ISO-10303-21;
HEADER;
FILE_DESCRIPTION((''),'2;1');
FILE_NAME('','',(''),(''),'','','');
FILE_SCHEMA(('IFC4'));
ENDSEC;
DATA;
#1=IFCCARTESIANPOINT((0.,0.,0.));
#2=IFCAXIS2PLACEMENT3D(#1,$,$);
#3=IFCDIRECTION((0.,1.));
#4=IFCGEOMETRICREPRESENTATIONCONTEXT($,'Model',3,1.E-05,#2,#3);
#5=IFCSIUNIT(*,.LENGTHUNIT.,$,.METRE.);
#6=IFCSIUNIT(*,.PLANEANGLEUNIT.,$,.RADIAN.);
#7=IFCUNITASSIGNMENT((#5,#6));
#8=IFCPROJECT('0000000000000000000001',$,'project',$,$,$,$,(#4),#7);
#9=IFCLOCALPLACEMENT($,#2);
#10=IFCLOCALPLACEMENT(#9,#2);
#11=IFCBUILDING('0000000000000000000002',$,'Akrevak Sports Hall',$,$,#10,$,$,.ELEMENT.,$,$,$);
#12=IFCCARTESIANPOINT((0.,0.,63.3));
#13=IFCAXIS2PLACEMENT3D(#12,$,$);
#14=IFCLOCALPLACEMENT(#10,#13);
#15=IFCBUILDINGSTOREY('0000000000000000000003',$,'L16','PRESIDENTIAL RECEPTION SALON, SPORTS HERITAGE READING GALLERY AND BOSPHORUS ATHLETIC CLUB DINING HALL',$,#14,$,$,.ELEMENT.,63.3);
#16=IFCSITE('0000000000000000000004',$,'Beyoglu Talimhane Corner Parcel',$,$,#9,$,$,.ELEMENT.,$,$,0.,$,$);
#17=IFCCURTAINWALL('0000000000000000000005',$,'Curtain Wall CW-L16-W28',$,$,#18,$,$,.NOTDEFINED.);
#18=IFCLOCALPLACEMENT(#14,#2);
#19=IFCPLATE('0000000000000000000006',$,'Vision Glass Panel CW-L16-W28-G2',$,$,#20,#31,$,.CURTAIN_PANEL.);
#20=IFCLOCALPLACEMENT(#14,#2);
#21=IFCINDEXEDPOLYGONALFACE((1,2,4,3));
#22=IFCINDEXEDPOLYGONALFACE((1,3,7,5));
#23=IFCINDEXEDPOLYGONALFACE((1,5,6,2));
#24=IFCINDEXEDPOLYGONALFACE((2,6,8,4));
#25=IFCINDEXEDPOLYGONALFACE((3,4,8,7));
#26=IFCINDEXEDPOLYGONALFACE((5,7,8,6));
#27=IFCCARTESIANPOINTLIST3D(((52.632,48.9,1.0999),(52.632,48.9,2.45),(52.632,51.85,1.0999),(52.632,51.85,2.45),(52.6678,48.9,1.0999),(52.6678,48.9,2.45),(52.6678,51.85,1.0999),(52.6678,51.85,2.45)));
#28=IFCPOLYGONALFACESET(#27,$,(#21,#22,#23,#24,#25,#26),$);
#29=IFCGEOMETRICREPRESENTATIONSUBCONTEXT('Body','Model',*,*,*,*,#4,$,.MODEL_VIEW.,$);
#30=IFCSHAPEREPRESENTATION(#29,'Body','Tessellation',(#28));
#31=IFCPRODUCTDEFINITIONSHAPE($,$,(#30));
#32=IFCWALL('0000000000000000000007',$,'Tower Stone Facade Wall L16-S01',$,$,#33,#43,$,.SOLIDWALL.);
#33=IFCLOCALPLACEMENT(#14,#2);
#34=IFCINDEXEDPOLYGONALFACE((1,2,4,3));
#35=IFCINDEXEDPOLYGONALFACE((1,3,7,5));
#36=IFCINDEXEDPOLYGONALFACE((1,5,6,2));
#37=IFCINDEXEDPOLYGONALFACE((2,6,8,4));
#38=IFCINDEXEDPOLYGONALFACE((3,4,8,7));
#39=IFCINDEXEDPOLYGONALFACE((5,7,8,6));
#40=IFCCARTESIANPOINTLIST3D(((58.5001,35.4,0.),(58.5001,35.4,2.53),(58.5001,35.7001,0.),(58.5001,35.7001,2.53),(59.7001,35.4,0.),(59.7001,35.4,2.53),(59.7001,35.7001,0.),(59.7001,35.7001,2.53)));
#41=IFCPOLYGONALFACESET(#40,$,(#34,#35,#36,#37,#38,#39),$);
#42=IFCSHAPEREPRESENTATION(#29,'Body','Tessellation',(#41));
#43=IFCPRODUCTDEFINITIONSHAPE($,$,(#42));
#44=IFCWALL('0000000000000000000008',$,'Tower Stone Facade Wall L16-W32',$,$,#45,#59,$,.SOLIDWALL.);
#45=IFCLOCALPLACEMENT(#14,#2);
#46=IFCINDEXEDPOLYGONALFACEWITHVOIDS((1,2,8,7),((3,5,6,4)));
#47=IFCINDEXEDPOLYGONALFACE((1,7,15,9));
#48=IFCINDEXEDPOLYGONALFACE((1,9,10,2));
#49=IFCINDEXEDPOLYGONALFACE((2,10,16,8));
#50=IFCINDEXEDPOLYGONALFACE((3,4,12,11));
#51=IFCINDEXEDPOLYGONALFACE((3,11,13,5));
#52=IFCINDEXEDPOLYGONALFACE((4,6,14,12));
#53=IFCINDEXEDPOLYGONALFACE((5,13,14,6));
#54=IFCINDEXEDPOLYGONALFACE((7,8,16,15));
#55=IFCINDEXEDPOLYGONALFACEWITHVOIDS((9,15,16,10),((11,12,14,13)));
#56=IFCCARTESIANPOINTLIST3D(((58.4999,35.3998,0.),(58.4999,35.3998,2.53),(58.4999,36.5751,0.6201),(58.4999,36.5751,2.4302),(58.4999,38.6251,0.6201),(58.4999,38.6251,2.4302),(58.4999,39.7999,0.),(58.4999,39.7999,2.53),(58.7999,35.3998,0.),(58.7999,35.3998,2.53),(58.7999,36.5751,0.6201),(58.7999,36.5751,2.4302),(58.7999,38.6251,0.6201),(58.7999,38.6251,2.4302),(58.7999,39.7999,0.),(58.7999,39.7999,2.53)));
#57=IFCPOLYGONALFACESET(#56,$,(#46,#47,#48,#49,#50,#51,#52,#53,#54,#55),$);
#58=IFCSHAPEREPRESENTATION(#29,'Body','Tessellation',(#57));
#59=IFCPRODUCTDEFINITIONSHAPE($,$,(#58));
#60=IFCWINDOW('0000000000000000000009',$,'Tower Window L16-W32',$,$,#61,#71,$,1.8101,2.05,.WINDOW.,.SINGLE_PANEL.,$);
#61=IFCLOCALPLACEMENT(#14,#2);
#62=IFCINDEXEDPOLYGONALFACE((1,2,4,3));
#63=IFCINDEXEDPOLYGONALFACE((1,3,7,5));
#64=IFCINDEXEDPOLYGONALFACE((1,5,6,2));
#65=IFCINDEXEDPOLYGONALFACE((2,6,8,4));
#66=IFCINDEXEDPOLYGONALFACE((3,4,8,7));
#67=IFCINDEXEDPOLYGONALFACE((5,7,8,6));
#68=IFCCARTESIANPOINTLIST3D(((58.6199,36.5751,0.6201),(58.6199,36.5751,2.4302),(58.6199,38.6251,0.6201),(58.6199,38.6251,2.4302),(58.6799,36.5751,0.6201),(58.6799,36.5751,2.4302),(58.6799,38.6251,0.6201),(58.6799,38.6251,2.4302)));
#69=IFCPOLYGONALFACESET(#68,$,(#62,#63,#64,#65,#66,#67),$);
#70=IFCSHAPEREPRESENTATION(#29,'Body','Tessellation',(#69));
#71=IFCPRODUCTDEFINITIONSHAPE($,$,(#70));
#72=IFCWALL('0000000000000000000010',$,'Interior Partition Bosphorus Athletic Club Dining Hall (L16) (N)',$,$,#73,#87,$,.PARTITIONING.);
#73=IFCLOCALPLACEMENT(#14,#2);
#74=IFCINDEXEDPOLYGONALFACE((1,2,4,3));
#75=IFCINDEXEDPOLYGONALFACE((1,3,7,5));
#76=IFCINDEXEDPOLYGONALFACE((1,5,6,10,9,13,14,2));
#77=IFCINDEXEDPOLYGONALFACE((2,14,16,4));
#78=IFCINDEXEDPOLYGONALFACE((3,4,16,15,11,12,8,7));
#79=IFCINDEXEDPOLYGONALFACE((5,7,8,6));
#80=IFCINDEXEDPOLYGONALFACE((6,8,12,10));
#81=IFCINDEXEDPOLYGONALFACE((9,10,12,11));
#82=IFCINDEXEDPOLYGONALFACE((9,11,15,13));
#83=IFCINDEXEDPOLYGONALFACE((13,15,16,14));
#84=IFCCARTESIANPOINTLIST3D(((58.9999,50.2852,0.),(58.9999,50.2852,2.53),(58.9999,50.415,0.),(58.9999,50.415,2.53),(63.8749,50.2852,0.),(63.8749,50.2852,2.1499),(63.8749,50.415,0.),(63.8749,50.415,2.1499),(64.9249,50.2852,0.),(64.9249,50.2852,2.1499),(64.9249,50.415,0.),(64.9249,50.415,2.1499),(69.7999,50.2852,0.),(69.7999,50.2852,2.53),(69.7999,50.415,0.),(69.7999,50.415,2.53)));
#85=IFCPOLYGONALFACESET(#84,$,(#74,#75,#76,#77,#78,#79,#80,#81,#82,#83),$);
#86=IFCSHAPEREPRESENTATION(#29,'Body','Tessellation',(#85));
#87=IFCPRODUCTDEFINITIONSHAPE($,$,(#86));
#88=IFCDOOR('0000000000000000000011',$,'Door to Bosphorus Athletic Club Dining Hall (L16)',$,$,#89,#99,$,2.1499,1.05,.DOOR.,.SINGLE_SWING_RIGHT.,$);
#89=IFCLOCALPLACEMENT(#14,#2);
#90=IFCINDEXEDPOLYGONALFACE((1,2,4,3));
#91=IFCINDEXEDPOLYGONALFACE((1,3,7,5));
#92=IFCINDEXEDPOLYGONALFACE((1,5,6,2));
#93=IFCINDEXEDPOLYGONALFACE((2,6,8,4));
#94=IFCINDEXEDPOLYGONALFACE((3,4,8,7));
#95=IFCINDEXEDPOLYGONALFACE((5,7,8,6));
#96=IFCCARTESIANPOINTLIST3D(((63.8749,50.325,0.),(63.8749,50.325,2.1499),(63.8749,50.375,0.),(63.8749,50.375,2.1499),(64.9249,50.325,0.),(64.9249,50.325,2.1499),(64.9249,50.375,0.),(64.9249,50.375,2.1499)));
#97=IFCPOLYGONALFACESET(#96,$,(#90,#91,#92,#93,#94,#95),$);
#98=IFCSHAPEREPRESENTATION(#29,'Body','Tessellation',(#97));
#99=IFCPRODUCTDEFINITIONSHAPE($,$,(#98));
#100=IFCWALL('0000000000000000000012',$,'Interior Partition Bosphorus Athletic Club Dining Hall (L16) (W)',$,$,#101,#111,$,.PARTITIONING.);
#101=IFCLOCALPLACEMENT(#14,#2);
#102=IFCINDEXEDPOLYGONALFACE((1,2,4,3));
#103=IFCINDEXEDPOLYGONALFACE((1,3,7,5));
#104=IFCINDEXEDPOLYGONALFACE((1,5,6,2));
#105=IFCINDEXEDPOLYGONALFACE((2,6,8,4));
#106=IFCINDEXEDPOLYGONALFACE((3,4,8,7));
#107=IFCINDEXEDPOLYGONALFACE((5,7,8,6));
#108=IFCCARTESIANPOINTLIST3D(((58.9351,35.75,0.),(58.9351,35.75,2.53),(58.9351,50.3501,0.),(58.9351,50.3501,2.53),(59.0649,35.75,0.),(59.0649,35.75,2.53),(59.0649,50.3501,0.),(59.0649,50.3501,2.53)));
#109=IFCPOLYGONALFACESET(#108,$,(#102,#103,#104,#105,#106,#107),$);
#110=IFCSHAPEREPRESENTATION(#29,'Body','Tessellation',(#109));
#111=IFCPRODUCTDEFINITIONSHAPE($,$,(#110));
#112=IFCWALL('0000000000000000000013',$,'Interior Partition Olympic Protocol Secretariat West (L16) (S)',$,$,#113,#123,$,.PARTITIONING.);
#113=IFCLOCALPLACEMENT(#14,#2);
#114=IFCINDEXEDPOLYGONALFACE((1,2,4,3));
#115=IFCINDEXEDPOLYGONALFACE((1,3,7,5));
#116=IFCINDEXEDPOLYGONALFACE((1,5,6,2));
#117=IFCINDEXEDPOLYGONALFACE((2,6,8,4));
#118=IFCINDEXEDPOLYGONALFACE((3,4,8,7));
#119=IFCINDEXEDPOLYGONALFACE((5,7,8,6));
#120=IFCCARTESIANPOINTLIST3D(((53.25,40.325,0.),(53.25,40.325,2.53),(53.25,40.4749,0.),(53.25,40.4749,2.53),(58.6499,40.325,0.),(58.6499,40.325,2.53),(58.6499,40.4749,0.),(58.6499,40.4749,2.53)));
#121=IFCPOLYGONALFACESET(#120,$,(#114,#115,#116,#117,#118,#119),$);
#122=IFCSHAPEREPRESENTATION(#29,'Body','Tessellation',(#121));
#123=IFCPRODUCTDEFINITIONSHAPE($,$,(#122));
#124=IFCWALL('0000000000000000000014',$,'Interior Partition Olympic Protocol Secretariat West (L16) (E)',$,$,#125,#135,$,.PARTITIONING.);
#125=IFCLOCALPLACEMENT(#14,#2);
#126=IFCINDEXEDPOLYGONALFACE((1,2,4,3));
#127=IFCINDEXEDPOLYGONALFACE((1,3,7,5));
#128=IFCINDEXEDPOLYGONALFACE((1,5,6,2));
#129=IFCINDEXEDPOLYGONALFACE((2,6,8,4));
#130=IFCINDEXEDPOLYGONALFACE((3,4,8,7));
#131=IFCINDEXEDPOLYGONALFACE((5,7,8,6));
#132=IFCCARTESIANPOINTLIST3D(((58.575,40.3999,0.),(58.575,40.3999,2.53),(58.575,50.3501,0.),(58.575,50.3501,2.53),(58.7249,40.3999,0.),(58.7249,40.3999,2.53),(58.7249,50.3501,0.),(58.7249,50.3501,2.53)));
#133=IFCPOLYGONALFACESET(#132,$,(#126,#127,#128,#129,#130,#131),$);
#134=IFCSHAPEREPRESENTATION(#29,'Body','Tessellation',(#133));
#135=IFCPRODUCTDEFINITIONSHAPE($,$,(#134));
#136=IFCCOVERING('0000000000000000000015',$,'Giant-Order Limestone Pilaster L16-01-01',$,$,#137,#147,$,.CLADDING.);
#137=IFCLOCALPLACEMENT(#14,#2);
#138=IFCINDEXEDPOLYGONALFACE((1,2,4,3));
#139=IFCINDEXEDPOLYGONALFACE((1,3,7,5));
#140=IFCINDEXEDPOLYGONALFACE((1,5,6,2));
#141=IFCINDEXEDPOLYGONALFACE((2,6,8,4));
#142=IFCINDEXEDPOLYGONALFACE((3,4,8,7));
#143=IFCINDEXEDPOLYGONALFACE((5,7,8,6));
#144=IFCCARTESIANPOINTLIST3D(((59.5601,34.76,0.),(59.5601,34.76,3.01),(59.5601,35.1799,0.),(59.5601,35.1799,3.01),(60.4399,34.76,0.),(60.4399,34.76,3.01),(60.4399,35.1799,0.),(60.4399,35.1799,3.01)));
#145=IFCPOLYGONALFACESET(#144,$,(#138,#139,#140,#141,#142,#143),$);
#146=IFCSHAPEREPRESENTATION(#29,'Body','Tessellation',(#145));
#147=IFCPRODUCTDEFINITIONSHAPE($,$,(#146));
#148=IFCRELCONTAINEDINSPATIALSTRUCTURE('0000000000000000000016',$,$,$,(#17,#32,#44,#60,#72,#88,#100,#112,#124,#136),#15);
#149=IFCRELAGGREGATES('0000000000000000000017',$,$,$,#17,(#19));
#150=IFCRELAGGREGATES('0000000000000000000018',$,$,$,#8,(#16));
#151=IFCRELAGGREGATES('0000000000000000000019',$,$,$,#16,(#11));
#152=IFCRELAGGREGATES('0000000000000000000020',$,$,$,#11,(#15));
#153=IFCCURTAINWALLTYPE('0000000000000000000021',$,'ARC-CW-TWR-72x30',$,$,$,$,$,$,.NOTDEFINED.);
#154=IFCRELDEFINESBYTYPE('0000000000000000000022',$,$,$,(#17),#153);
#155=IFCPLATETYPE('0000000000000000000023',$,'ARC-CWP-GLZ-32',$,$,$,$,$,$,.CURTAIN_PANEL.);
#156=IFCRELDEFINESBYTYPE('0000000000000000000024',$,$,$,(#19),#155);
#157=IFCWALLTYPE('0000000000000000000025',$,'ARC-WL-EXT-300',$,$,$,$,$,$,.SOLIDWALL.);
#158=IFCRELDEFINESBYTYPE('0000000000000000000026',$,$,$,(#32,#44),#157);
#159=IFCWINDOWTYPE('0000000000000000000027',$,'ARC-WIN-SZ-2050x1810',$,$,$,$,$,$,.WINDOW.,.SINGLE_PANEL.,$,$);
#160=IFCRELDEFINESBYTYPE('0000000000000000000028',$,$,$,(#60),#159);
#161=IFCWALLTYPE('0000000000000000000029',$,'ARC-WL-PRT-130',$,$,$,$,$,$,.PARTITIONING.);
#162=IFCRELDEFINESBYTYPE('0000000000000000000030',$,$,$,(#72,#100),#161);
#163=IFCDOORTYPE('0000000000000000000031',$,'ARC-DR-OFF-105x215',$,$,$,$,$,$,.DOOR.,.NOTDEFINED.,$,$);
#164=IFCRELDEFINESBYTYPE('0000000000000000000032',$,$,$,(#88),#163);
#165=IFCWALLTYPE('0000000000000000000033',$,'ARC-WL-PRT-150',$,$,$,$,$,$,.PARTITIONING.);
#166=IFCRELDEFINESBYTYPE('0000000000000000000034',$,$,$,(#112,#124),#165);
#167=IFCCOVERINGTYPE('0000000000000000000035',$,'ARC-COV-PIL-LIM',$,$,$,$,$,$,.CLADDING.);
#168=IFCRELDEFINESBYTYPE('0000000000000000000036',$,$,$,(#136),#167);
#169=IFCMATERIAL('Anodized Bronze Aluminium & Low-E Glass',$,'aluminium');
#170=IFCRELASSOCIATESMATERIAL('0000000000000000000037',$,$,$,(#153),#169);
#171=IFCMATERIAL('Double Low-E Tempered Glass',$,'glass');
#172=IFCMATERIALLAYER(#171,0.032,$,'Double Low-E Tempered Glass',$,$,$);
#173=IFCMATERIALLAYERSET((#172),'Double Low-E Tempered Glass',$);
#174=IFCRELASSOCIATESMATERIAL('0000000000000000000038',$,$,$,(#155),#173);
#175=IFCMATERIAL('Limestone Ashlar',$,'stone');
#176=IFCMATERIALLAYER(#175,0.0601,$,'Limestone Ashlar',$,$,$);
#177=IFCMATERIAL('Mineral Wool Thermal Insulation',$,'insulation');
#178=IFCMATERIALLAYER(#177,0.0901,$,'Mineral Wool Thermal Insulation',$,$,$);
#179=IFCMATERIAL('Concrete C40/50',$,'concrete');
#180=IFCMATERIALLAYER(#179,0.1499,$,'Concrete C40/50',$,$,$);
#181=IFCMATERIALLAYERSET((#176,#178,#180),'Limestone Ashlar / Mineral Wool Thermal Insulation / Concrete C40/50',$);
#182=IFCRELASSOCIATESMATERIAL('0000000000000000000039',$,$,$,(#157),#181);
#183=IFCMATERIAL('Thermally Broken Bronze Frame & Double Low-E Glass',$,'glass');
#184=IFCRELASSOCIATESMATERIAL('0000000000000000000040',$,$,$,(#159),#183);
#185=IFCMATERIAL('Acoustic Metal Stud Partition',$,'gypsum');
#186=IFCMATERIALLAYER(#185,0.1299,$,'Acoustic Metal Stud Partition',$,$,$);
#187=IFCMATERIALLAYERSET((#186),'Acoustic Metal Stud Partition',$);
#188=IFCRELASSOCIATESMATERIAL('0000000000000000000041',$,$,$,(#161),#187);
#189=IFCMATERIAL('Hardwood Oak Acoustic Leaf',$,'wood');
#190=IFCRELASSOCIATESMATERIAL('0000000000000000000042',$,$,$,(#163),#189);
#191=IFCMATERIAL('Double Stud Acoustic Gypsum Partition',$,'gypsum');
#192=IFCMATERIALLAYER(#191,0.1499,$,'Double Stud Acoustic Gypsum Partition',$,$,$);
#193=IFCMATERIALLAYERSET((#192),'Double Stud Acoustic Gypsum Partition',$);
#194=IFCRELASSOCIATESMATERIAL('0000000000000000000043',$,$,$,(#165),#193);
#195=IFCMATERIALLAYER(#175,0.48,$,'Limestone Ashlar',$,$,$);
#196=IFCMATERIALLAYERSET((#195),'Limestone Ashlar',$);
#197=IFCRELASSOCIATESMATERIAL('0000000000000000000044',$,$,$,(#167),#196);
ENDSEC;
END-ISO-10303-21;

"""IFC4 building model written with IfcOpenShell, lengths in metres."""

from ifc_helpers import new_model, si_unit, direction, frame, frame_2d, origin, origin_2d, place, context, subcontext, project, spatial, rectangle, extrude, material, layer, layer_set, type_object, element, fill, aggregate, save


model = new_model("IFC4")

# Units and contexts
model_context = context("Model", 3, precision=1e-05, world=origin(), true_north=direction((0.0, 1.0)))
body_context = subcontext(model_context, "Body", "Model", "MODEL_VIEW")
ifc_project = project(units=[si_unit("LENGTHUNIT", "METRE"), si_unit("PLANEANGLEUNIT", "RADIAN")], contexts=[model_context])

# Site, building, storey
site_placement = place(None, origin())
site = spatial("IfcSite", under=ifc_project, at=site_placement, Name="Beyoglu Talimhane Corner Parcel", CompositionType="ELEMENT", RefElevation=0.0)
building_placement = place(site_placement, origin())
building = spatial("IfcBuilding", under=site, at=building_placement, Name="Akrevak Sports Hall", CompositionType="ELEMENT")
storey_placement = place(building_placement, frame((0.0, 0.0, 63.3)))
storey = spatial("IfcBuildingStorey", under=building, at=storey_placement, Name="L16", Description="PRESIDENTIAL RECEPTION SALON, SPORTS HERITAGE READING GALLERY AND BOSPHORUS ATHLETIC CLUB DINING HALL", CompositionType="ELEMENT", Elevation=63.3)

# Shared definitions
ifc_material_1 = material(Name="Concrete C40/50", Category="concrete")

# Curtain wall
ifc_material_2 = material(Name="Anodized Bronze Aluminium & Low-E Glass", Category="aluminium")
curtain_wall_type = type_object("IfcCurtainWallType", Name="ARC-CW-TWR-72x30", PredefinedType="NOTDEFINED", material=ifc_material_2)
curtain_wall_1_placement = place(storey_placement, origin())
curtain_wall_1 = element("IfcCurtainWall", 1, at=curtain_wall_1_placement, inside=storey, type_object=curtain_wall_type, Name="Curtain Wall CW-L16-W28", PredefinedType="NOTDEFINED")

# Plate
ifc_material_3 = material(Name="Double Low-E Tempered Glass", Category="glass")
ifc_layer_1 = layer(ifc_material_3, 0.032, Name="Double Low-E Tempered Glass")
ifc_layer_set_1 = layer_set([ifc_layer_1], Name="Double Low-E Tempered Glass")
plate_type = type_object("IfcPlateType", Name="ARC-CWP-GLZ-32", PredefinedType="CURTAIN_PANEL", material=ifc_layer_set_1)
plate_1_placement = place(storey_placement, frame((52.6499, 50.375, 1.0999), z_axis=(0.0, 0.0, 1.0), x_axis=(0.0, -1.0, 0.0)))
plate_1 = element("IfcPlate", 2, at=plate_1_placement, type_object=plate_type, Name="Vision Glass Panel CW-L16-W28-G2", PredefinedType="CURTAIN_PANEL", context=body_context, shape_type="SweptSolid", body=[
    extrude(rectangle(XDim=2.95, YDim=0.0359, at=origin_2d()), origin(), (0.0, 0.0, 1.0), 1.3501),
])
aggregate(curtain_wall_1, [plate_1])

# Wall
ifc_material_4 = material(Name="Limestone Ashlar", Category="stone")
ifc_layer_2 = layer(ifc_material_4, 0.0601, Name="Limestone Ashlar")
ifc_material_5 = material(Name="Mineral Wool Thermal Insulation", Category="insulation")
ifc_layer_3 = layer(ifc_material_5, 0.0901, Name="Mineral Wool Thermal Insulation")
ifc_layer_4 = layer(ifc_material_1, 0.1499, Name="Concrete C40/50")
ifc_layer_set_2 = layer_set([ifc_layer_2, ifc_layer_3, ifc_layer_4], Name="Limestone Ashlar / Mineral Wool Thermal Insulation / Concrete C40/50")
wall_type_1 = type_object("IfcWallType", Name="ARC-WL-EXT-300", PredefinedType="SOLIDWALL", material=ifc_layer_set_2)
wall_1_placement = place(storey_placement, frame((58.5, 35.55, 0.0), z_axis=(0.0, 0.0, 1.0), x_axis=(1.0, 0.0, 0.0)))
element("IfcWall", 3, at=wall_1_placement, inside=storey, type_object=wall_type_1, Name="Tower Stone Facade Wall L16-S01", PredefinedType="SOLIDWALL", context=body_context, shape_type="SweptSolid", body=[
    extrude(rectangle(XDim=1.2, YDim=0.3, at=frame_2d((0.6001, 0.0))), origin(), (0.0, 0.0, 1.0), 2.53),
])

# Wall, opening, window
wall_2_placement = place(storey_placement, frame((58.6499, 39.8, 0.0), z_axis=(0.0, 0.0, 1.0), x_axis=(0.0, -1.0, 0.0)))
wall_2 = element("IfcWall", 4, at=wall_2_placement, inside=storey, type_object=wall_type_1, Name="Tower Stone Facade Wall L16-W32", PredefinedType="SOLIDWALL", context=body_context, shape_type="SweptSolid", body=[
    extrude(rectangle(XDim=4.4001, YDim=0.3, at=frame_2d((2.2002, 0.0))), origin(), (0.0, 0.0, 1.0), 2.53),
])
opening_1_placement = place(wall_2_placement, frame((1.175, 0.0, 0.6201)))
opening_1 = element("IfcOpeningElement", 5, at=opening_1_placement, cuts=wall_2, PredefinedType="OPENING", context=body_context, shape_type="SweptSolid", body=[
    extrude(rectangle(XDim=2.05, YDim=1.8101, at=frame_2d((1.0249, 0.905))), frame((0.0, 0.1621, 0.0), z_axis=(0.0, -1.0, 0.0), x_axis=(1.0, 0.0, 0.0)), (0.0, 0.0, 1.0), 0.324),
])
ifc_material_6 = material(Name="Thermally Broken Bronze Frame & Double Low-E Glass", Category="glass")
window_type = type_object("IfcWindowType", Name="ARC-WIN-SZ-2050x1810", PartitioningType="SINGLE_PANEL", PredefinedType="WINDOW", material=ifc_material_6)
window_placement = place(opening_1_placement, origin())
window = element("IfcWindow", 6, at=window_placement, inside=storey, type_object=window_type, Name="Tower Window L16-W32", OverallHeight=1.8101, OverallWidth=2.05, PartitioningType="SINGLE_PANEL", PredefinedType="WINDOW", context=body_context, shape_type="SweptSolid", body=[
    extrude(rectangle(XDim=2.05, YDim=1.8101, at=frame_2d((1.0249, 0.905))), frame((0.0, 0.03, 0.0), z_axis=(0.0, -1.0, 0.0), x_axis=(1.0, 0.0, 0.0)), (0.0, 0.0, 1.0), 0.0601),
])
fill(opening_1, window)

# Wall, opening, door
ifc_material_7 = material(Name="Acoustic Metal Stud Partition", Category="gypsum")
ifc_layer_5 = layer(ifc_material_7, 0.1299, Name="Acoustic Metal Stud Partition")
ifc_layer_set_3 = layer_set([ifc_layer_5], Name="Acoustic Metal Stud Partition")
wall_type_2 = type_object("IfcWallType", Name="ARC-WL-PRT-130", PredefinedType="PARTITIONING", material=ifc_layer_set_3)
wall_3_placement = place(storey_placement, frame((59.0, 50.3501, 0.0), z_axis=(0.0, 0.0, 1.0), x_axis=(1.0, 0.0, 0.0)))
wall_3 = element("IfcWall", 7, at=wall_3_placement, inside=storey, type_object=wall_type_2, Name="Interior Partition Bosphorus Athletic Club Dining Hall (L16) (N)", PredefinedType="PARTITIONING", context=body_context, shape_type="SweptSolid", body=[
    extrude(rectangle(XDim=10.8, YDim=0.1299, at=frame_2d((5.3999, 0.0))), origin(), (0.0, 0.0, 1.0), 2.53),
])
opening_2_placement = place(wall_3_placement, frame((4.875, 0.0, 0.0)))
opening_2 = element("IfcOpeningElement", 8, at=opening_2_placement, cuts=wall_3, PredefinedType="OPENING", context=body_context, shape_type="SweptSolid", body=[
    extrude(rectangle(XDim=1.05, YDim=2.1499, at=frame_2d((0.5249, 1.075))), frame((0.0, 0.0769, 0.0), z_axis=(0.0, -1.0, 0.0), x_axis=(1.0, 0.0, 0.0)), (0.0, 0.0, 1.0), 0.1538),
])
ifc_material_8 = material(Name="Hardwood Oak Acoustic Leaf", Category="wood")
door_type_1 = type_object("IfcDoorType", Name="ARC-DR-OFF-105x215", OperationType="NOTDEFINED", PredefinedType="DOOR", material=ifc_material_8)
door_1_placement = place(opening_2_placement, origin())
door_1 = element("IfcDoor", 9, at=door_1_placement, inside=storey, type_object=door_type_1, Name="Door to Bosphorus Athletic Club Dining Hall (L16)", OperationType="SINGLE_SWING_RIGHT", OverallHeight=2.1499, OverallWidth=1.05, PredefinedType="DOOR", context=body_context, shape_type="SweptSolid", body=[
    extrude(rectangle(XDim=1.05, YDim=2.1499, at=frame_2d((0.5249, 1.075))), frame((0.0, 0.0249, 0.0), z_axis=(0.0, -1.0, 0.0), x_axis=(1.0, 0.0, 0.0)), (0.0, 0.0, 1.0), 0.05),
])
fill(opening_2, door_1)

# Walls
wall_4_placement = place(storey_placement, frame((59.0, 35.75, 0.0), z_axis=(0.0, 0.0, 1.0), x_axis=(0.0, 1.0, 0.0)))
element("IfcWall", 10, at=wall_4_placement, inside=storey, type_object=wall_type_2, Name="Interior Partition Bosphorus Athletic Club Dining Hall (L16) (W)", PredefinedType="PARTITIONING", context=body_context, shape_type="SweptSolid", body=[
    extrude(rectangle(XDim=14.6001, YDim=0.1299, at=frame_2d((7.3, 0.0))), origin(), (0.0, 0.0, 1.0), 2.53),
])
ifc_material_9 = material(Name="Double Stud Acoustic Gypsum Partition", Category="gypsum")
ifc_layer_6 = layer(ifc_material_9, 0.1499, Name="Double Stud Acoustic Gypsum Partition")
ifc_layer_set_4 = layer_set([ifc_layer_6], Name="Double Stud Acoustic Gypsum Partition")
wall_type_3 = type_object("IfcWallType", Name="ARC-WL-PRT-150", PredefinedType="PARTITIONING", material=ifc_layer_set_4)
wall_5_placement = place(storey_placement, frame((53.25, 40.3999, 0.0), z_axis=(0.0, 0.0, 1.0), x_axis=(1.0, 0.0, 0.0)))
element("IfcWall", 11, at=wall_5_placement, inside=storey, type_object=wall_type_3, Name="Interior Partition Olympic Protocol Secretariat West (L16) (S)", PredefinedType="PARTITIONING", context=body_context, shape_type="SweptSolid", body=[
    extrude(rectangle(XDim=5.3999, YDim=0.1499, at=frame_2d((2.7, 0.0))), origin(), (0.0, 0.0, 1.0), 2.53),
])

# Wall
wall_6_placement = place(storey_placement, frame((58.6499, 40.3999, 0.0), z_axis=(0.0, 0.0, 1.0), x_axis=(0.0, 1.0, 0.0)))
element("IfcWall", 12, at=wall_6_placement, inside=storey, type_object=wall_type_3, Name="Interior Partition Olympic Protocol Secretariat West (L16) (E)", PredefinedType="PARTITIONING", context=body_context, shape_type="SweptSolid", body=[
    extrude(rectangle(XDim=9.9502, YDim=0.1499, at=frame_2d((4.9751, 0.0))), origin(), (0.0, 0.0, 1.0), 2.53),
])

# Covering
ifc_layer_7 = layer(ifc_material_4, 0.48, Name="Limestone Ashlar")
ifc_layer_set_5 = layer_set([ifc_layer_7], Name="Limestone Ashlar")
covering_type = type_object("IfcCoveringType", Name="ARC-COV-PIL-LIM", PredefinedType="CLADDING", material=ifc_layer_set_5)
covering_placement = place(storey_placement, frame((60.0, 34.97, 0.0), z_axis=(0.0, 0.0, 1.0), x_axis=(1.0, 0.0, 0.0)))
element("IfcCovering", 13, at=covering_placement, inside=storey, type_object=covering_type, Name="Giant-Order Limestone Pilaster L16-01-01", PredefinedType="CLADDING", context=body_context, shape_type="SweptSolid", body=[
    extrude(rectangle(XDim=0.8799, YDim=0.4199, at=origin_2d()), origin(), (0.0, 0.0, 1.0), 3.01),
])

save(model, "model.ifc")
